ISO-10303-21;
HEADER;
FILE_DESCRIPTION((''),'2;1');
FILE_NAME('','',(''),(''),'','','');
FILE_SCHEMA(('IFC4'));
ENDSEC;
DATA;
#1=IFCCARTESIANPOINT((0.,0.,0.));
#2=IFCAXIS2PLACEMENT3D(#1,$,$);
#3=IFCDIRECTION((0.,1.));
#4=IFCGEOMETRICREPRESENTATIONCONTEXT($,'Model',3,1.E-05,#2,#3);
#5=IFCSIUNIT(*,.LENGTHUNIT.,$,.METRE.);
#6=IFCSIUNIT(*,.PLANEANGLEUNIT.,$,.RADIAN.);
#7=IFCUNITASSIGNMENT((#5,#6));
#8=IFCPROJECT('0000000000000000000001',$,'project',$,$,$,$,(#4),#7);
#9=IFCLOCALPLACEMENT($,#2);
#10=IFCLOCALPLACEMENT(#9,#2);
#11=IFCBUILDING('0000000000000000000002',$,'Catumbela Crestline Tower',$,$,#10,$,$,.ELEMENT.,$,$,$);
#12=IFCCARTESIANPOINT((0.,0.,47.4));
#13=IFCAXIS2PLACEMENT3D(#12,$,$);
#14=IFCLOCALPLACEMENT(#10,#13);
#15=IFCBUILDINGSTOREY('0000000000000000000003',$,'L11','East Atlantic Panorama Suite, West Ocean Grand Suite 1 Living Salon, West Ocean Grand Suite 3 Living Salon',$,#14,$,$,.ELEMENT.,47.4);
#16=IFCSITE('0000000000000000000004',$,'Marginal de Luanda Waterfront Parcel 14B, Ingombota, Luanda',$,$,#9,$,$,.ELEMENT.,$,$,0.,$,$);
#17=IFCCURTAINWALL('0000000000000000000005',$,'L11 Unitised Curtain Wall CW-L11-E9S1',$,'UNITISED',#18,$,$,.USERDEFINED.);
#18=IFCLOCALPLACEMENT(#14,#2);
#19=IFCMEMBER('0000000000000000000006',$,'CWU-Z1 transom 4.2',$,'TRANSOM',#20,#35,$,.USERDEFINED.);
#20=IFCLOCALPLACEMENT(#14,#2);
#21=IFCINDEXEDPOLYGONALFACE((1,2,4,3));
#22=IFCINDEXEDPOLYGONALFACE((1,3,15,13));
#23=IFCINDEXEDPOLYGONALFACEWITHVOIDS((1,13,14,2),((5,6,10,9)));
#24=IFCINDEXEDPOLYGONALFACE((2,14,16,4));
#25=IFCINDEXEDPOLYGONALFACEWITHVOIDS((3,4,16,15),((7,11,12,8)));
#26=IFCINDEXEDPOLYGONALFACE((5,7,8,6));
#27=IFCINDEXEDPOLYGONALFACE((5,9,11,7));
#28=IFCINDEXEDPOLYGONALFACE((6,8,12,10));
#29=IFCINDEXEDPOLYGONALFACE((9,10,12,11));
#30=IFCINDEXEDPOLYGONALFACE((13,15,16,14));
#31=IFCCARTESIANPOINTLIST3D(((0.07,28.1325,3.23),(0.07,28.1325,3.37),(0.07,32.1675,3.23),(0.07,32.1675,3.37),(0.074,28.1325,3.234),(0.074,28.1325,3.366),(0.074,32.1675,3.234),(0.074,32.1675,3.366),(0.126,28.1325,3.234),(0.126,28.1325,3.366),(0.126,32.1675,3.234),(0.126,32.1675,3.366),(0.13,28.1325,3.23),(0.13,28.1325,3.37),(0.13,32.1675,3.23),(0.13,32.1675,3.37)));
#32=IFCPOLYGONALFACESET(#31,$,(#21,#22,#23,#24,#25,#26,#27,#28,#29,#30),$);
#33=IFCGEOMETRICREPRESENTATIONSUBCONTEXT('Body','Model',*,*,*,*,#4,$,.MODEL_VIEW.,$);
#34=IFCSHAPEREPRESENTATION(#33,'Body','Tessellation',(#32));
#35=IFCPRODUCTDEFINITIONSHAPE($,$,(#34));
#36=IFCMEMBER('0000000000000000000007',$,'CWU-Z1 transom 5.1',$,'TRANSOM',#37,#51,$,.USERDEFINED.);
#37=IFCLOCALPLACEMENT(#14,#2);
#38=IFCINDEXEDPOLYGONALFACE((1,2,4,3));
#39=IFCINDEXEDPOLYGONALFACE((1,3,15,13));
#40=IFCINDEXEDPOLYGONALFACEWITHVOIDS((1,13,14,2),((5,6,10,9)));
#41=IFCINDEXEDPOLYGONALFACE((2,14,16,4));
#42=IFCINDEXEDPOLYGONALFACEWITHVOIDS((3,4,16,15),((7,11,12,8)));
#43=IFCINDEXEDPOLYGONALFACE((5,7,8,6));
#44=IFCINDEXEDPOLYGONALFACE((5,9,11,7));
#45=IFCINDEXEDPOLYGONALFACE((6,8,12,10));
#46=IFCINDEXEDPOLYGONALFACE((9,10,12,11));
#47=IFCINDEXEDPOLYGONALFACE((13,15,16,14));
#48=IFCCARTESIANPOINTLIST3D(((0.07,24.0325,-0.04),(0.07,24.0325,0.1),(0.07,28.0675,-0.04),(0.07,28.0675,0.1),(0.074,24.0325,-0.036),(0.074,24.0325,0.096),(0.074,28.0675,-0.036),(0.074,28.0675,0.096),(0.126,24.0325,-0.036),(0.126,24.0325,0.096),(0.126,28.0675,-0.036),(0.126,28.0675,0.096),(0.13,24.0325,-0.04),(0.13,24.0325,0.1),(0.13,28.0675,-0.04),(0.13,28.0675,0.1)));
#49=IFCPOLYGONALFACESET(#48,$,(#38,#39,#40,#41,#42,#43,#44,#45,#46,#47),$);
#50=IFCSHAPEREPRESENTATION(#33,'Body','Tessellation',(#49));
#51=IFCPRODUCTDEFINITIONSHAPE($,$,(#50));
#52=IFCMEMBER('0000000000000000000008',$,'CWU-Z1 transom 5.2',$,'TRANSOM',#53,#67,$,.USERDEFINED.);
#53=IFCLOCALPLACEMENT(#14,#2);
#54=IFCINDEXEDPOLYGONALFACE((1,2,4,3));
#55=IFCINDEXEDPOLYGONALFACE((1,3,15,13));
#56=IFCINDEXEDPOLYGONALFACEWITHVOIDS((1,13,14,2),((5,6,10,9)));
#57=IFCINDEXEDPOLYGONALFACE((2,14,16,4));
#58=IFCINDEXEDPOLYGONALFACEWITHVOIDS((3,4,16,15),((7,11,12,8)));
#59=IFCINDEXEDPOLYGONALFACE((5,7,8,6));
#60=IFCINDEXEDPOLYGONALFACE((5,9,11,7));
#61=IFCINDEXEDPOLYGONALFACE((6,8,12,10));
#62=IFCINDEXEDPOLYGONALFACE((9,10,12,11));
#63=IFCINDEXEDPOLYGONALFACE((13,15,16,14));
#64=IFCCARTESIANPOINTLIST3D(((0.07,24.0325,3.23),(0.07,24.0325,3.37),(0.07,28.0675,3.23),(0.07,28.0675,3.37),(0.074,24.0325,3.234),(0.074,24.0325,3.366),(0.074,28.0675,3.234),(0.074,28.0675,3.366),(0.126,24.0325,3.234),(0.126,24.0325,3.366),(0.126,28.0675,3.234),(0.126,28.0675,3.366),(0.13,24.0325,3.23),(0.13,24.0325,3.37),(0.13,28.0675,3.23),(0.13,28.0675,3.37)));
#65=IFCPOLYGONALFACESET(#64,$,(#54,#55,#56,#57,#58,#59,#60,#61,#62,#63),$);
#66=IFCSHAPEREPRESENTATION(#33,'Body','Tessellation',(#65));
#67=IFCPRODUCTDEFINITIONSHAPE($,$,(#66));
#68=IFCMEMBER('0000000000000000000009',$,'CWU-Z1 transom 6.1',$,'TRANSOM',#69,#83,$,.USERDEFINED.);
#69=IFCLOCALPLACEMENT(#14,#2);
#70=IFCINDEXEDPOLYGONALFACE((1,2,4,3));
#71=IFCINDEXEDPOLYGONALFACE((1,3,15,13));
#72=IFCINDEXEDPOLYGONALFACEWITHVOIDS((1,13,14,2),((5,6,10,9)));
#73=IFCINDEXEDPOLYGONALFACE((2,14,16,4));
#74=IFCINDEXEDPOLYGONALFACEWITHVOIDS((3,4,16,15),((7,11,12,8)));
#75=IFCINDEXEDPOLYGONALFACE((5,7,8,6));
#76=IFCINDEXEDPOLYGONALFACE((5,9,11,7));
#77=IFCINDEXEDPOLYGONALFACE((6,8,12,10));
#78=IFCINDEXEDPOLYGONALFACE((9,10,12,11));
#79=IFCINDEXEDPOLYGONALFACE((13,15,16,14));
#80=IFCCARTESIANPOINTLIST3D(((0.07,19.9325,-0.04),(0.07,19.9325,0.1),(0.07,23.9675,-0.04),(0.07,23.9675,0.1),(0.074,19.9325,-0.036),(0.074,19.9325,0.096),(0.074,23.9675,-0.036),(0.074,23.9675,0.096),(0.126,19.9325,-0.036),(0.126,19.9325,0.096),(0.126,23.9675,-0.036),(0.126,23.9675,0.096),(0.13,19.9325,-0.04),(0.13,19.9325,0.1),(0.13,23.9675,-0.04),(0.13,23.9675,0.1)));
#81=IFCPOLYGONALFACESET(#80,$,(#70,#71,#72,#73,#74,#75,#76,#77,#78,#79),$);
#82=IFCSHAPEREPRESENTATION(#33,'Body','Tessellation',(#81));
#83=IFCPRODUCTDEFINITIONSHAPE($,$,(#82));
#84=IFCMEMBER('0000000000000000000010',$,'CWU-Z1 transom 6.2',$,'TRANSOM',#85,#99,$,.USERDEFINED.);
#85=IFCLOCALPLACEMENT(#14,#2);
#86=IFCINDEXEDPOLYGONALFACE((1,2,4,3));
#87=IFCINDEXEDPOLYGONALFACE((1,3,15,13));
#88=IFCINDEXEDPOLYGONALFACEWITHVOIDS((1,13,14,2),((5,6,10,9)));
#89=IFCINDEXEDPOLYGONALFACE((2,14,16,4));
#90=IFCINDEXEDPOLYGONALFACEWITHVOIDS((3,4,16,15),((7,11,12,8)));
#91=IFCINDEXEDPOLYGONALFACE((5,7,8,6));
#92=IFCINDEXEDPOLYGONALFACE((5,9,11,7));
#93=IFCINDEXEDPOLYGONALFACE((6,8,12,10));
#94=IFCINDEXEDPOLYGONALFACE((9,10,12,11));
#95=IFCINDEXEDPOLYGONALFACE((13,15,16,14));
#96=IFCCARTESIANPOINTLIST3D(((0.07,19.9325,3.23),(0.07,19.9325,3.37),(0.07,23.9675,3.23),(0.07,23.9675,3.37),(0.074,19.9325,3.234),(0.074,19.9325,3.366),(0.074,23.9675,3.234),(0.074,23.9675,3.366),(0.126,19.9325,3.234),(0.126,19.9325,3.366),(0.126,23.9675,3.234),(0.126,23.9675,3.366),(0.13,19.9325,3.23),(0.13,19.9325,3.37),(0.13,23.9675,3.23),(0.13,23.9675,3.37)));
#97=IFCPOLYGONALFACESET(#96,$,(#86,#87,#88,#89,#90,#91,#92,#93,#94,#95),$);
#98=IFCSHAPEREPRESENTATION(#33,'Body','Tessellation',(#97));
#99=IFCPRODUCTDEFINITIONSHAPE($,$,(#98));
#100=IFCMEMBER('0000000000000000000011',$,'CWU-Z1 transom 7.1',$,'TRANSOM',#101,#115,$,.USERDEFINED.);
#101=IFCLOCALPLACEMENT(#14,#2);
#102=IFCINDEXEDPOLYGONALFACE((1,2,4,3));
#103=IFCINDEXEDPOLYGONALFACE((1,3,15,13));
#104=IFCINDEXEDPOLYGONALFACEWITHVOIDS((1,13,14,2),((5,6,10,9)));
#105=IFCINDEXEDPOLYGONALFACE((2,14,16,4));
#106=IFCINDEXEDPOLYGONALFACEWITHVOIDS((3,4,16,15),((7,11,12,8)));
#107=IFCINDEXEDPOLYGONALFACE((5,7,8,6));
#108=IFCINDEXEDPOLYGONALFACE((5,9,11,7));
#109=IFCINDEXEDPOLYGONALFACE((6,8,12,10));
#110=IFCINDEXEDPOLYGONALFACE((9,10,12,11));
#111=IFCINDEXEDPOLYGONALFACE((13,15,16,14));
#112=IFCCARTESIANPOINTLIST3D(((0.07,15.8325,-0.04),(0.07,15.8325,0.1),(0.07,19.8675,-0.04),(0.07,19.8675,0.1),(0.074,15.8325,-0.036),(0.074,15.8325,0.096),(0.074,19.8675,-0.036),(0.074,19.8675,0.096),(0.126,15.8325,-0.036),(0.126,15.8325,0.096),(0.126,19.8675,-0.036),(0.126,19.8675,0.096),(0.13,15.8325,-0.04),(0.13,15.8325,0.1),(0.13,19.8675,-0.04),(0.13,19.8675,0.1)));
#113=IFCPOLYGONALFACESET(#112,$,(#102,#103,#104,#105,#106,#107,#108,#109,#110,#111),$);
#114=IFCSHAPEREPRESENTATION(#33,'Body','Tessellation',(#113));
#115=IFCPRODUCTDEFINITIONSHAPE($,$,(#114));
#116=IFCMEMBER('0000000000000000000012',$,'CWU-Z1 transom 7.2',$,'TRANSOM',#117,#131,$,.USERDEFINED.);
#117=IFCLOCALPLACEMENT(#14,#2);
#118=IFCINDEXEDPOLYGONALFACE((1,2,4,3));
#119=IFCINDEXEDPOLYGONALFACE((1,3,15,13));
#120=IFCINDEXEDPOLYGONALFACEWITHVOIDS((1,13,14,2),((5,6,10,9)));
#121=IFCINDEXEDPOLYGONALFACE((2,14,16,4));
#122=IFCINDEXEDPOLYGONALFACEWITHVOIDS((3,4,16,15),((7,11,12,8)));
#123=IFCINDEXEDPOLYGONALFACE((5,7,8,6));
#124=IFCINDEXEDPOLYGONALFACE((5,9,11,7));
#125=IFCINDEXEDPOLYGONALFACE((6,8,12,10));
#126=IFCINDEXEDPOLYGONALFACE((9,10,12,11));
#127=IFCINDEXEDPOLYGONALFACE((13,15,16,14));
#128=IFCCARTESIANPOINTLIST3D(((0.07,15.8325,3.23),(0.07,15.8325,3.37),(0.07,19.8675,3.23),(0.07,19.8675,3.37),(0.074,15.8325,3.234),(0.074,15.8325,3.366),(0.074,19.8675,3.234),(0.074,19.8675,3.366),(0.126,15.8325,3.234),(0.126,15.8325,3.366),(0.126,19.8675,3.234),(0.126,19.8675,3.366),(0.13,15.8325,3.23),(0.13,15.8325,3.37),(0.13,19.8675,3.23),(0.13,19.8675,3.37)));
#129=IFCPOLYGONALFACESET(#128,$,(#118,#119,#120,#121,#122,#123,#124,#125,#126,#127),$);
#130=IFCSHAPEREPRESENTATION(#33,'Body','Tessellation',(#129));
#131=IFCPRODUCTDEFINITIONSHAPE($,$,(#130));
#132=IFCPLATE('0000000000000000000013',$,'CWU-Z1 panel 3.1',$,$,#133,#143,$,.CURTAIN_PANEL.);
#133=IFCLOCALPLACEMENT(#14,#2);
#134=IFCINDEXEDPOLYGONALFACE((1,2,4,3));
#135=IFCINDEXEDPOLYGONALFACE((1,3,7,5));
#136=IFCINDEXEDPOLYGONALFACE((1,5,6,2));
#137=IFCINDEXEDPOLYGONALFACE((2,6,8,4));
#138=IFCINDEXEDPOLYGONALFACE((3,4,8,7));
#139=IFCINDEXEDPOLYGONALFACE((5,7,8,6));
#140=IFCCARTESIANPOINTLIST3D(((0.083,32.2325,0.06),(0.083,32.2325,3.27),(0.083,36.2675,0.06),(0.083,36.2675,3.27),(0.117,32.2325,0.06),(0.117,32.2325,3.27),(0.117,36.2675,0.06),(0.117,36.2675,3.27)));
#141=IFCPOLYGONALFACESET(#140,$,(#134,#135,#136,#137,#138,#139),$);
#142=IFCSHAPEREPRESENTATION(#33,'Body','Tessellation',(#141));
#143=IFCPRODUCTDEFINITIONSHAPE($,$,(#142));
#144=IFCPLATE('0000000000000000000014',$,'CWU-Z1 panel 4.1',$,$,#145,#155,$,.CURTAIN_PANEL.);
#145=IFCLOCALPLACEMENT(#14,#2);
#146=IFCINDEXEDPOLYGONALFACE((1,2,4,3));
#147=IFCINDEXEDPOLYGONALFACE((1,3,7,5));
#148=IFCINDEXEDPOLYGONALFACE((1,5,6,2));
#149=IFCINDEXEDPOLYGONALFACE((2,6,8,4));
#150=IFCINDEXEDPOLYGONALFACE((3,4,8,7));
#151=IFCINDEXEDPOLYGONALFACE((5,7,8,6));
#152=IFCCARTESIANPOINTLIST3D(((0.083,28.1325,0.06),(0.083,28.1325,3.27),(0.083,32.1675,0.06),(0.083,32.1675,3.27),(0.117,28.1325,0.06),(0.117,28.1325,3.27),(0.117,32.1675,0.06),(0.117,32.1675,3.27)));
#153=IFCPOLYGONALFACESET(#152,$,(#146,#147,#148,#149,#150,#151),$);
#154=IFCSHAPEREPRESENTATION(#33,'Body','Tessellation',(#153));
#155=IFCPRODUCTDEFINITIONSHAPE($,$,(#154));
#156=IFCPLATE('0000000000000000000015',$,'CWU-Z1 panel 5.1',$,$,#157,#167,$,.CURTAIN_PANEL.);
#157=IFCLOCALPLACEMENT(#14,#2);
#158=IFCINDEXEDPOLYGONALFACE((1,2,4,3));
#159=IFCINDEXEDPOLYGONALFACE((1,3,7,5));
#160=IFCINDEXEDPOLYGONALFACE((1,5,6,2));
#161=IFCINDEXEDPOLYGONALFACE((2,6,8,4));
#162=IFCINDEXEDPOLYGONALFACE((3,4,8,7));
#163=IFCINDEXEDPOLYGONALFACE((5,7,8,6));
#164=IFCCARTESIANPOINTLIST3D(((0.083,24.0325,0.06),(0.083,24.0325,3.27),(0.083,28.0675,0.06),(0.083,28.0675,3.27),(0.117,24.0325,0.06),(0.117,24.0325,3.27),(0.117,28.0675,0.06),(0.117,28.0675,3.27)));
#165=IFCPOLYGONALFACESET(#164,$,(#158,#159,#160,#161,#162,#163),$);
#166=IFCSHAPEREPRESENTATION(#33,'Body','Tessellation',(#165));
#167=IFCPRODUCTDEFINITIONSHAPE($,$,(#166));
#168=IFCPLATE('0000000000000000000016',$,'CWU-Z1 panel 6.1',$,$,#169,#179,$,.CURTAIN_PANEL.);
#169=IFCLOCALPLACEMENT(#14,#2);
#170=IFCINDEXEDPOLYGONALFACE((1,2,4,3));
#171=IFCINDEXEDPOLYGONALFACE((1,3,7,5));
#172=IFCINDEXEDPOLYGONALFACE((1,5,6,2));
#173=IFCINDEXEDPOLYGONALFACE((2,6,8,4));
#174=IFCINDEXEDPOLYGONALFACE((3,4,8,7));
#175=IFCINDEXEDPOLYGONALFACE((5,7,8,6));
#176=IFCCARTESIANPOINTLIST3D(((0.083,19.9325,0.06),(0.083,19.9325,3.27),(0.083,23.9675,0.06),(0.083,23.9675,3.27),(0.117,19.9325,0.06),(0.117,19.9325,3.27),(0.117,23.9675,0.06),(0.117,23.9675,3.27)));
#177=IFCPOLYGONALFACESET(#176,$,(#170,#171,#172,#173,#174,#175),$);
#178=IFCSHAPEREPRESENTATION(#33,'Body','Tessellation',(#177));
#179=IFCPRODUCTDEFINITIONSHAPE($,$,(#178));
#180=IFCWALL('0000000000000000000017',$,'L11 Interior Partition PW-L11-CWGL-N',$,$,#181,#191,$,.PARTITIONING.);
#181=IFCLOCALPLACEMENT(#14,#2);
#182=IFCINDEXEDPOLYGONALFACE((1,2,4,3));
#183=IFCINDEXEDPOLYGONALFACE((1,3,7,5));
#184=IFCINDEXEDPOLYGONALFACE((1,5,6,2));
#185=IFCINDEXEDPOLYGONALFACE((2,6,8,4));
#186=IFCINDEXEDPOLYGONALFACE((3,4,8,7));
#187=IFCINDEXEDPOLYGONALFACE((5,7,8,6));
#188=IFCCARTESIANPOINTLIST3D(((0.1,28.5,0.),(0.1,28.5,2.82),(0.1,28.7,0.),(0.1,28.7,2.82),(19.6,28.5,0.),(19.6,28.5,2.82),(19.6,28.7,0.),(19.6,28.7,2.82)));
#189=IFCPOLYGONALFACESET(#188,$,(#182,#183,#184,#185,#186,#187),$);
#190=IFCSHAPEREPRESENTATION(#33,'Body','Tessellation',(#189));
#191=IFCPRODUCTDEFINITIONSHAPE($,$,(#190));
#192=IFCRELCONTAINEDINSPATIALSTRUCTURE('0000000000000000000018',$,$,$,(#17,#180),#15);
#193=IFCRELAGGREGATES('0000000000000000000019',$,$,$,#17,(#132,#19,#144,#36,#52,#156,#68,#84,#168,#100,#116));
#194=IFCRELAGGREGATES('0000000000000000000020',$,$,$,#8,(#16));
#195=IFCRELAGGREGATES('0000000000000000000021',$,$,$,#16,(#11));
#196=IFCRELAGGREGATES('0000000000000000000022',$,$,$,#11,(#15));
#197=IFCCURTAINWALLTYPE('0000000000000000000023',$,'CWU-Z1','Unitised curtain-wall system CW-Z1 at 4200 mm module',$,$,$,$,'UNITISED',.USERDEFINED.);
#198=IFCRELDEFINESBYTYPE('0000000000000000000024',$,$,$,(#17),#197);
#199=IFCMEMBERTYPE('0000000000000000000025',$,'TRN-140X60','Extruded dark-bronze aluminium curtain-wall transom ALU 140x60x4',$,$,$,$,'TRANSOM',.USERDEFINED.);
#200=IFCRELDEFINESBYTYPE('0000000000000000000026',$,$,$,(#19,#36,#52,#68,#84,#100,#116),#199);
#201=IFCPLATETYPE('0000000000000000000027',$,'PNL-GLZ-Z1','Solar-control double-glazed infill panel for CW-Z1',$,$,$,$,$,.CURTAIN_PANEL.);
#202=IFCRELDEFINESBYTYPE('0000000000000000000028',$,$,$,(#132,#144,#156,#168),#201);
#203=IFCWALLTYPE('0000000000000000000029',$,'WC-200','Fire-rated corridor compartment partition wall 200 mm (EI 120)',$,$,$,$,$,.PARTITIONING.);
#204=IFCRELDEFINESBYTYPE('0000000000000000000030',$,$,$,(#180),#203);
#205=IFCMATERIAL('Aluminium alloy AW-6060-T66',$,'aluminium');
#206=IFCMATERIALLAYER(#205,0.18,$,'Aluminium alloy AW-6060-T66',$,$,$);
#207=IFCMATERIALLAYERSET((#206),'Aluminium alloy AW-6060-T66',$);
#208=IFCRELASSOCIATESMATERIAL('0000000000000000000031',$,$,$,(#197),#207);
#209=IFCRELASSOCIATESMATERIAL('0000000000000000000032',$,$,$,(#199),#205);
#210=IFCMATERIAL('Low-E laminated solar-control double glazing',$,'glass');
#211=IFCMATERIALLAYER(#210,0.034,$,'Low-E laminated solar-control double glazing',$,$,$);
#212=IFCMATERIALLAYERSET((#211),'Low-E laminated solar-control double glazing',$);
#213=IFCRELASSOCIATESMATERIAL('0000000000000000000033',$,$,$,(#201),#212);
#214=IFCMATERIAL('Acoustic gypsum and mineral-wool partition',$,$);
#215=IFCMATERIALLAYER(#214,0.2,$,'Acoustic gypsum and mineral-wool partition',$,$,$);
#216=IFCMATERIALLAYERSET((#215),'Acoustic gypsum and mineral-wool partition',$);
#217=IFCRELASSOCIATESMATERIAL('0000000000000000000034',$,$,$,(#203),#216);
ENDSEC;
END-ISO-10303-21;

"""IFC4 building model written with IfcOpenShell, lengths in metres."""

from ifc_helpers import new_model, si_unit, direction, frame, frame_2d, origin, origin_2d, place, context, subcontext, project, spatial, rectangle, hollow_rectangle, extrude, material, layer, layer_set, material_profile, profile_set, type_object, element, aggregate, save


model = new_model("IFC4")

# Units and contexts
model_context = context("Model", 3, precision=1e-05, world=origin(), true_north=direction((0.0, 1.0)))
body_context = subcontext(model_context, "Body", "Model", "MODEL_VIEW")
ifc_project = project(units=[si_unit("LENGTHUNIT", "METRE"), si_unit("PLANEANGLEUNIT", "RADIAN")], contexts=[model_context])

# Site, building, storey
site_placement = place(None, origin())
site = spatial("IfcSite", under=ifc_project, at=site_placement, Name="Marginal de Luanda Waterfront Parcel 14B, Ingombota, Luanda", CompositionType="ELEMENT", RefElevation=0.0)
building_placement = place(site_placement, origin())
building = spatial("IfcBuilding", under=site, at=building_placement, Name="Catumbela Crestline Tower", CompositionType="ELEMENT")
storey_placement = place(building_placement, frame((0.0, 0.0, 47.4)))
storey = spatial("IfcBuildingStorey", under=building, at=storey_placement, Name="L11", Description="East Atlantic Panorama Suite, West Ocean Grand Suite 1 Living Salon, West Ocean Grand Suite 3 Living Salon", CompositionType="ELEMENT", Elevation=47.4)

# Curtain wall
ifc_material_1 = material(Name="Aluminium alloy AW-6060-T66", Category="aluminium")
ifc_layer_1 = layer(ifc_material_1, 0.18, Name="Aluminium alloy AW-6060-T66")
ifc_layer_set_1 = layer_set([ifc_layer_1], Name="Aluminium alloy AW-6060-T66")
curtain_wall_type = type_object("IfcCurtainWallType", Name="CWU-Z1", Description="Unitised curtain-wall system CW-Z1 at 4200 mm module", ElementType="UNITISED", PredefinedType="USERDEFINED", material=ifc_layer_set_1)
curtain_wall_placement = place(storey_placement, origin())
curtain_wall = element("IfcCurtainWall", 1, at=curtain_wall_placement, inside=storey, type_object=curtain_wall_type, Name="L11 Unitised Curtain Wall CW-L11-E9S1", ObjectType="UNITISED", PredefinedType="USERDEFINED")

# Members
ifc_material_profile_1 = material_profile(ifc_material_1, hollow_rectangle(XDim=0.06, YDim=0.14, WallThickness=0.004, at=origin_2d()), Name="ALU 140x60x4")
ifc_profile_set_1 = profile_set([ifc_material_profile_1], Name="Aluminium alloy AW-6060-T66")
member_type_1 = type_object("IfcMemberType", Name="TRN-140X60", Description="Extruded dark-bronze aluminium curtain-wall transom ALU 140x60x4", ElementType="TRANSOM", PredefinedType="USERDEFINED", material=ifc_profile_set_1)
member_1_placement = place(storey_placement, frame((0.1, 32.1675, 3.3), z_axis=(0.0, -1.0, 0.0), x_axis=(1.0, 0.0, 0.0)))
member_1 = element("IfcMember", 2, at=member_1_placement, type_object=member_type_1, Name="CWU-Z1 transom 4.2", ObjectType="TRANSOM", PredefinedType="USERDEFINED", context=body_context, shape_type="SweptSolid", body=[
    extrude(hollow_rectangle(XDim=0.06, YDim=0.14, WallThickness=0.004, at=origin_2d()), origin(), (0.0, 0.0, 1.0), 4.035),
])
member_2_placement = place(storey_placement, frame((0.1, 28.0675, 0.03), z_axis=(0.0, -1.0, 0.0), x_axis=(1.0, 0.0, 0.0)))
member_2 = element("IfcMember", 3, at=member_2_placement, type_object=member_type_1, Name="CWU-Z1 transom 5.1", ObjectType="TRANSOM", PredefinedType="USERDEFINED", context=body_context, shape_type="SweptSolid", body=[
    extrude(hollow_rectangle(XDim=0.06, YDim=0.14, WallThickness=0.004, at=origin_2d()), origin(), (0.0, 0.0, 1.0), 4.035),
])
member_3_placement = place(storey_placement, frame((0.1, 28.0675, 3.3), z_axis=(0.0, -1.0, 0.0), x_axis=(1.0, 0.0, 0.0)))
member_3 = element("IfcMember", 4, at=member_3_placement, type_object=member_type_1, Name="CWU-Z1 transom 5.2", ObjectType="TRANSOM", PredefinedType="USERDEFINED", context=body_context, shape_type="SweptSolid", body=[
    extrude(hollow_rectangle(XDim=0.06, YDim=0.14, WallThickness=0.004, at=origin_2d()), origin(), (0.0, 0.0, 1.0), 4.035),
])
member_4_placement = place(storey_placement, frame((0.1, 23.9675, 0.03), z_axis=(0.0, -1.0, 0.0), x_axis=(1.0, 0.0, 0.0)))
member_4 = element("IfcMember", 5, at=member_4_placement, type_object=member_type_1, Name="CWU-Z1 transom 6.1", ObjectType="TRANSOM", PredefinedType="USERDEFINED", context=body_context, shape_type="SweptSolid", body=[
    extrude(hollow_rectangle(XDim=0.06, YDim=0.14, WallThickness=0.004, at=origin_2d()), origin(), (0.0, 0.0, 1.0), 4.035),
])
member_5_placement = place(storey_placement, frame((0.1, 23.9675, 3.3), z_axis=(0.0, -1.0, 0.0), x_axis=(1.0, 0.0, 0.0)))
member_5 = element("IfcMember", 6, at=member_5_placement, type_object=member_type_1, Name="CWU-Z1 transom 6.2", ObjectType="TRANSOM", PredefinedType="USERDEFINED", context=body_context, shape_type="SweptSolid", body=[
    extrude(hollow_rectangle(XDim=0.06, YDim=0.14, WallThickness=0.004, at=origin_2d()), origin(), (0.0, 0.0, 1.0), 4.035),
])
member_6_placement = place(storey_placement, frame((0.1, 19.8675, 0.03), z_axis=(0.0, -1.0, 0.0), x_axis=(1.0, 0.0, 0.0)))
member_6 = element("IfcMember", 7, at=member_6_placement, type_object=member_type_1, Name="CWU-Z1 transom 7.1", ObjectType="TRANSOM", PredefinedType="USERDEFINED", context=body_context, shape_type="SweptSolid", body=[
    extrude(hollow_rectangle(XDim=0.06, YDim=0.14, WallThickness=0.004, at=origin_2d()), origin(), (0.0, 0.0, 1.0), 4.035),
])
member_7_placement = place(storey_placement, frame((0.1, 19.8675, 3.3), z_axis=(0.0, -1.0, 0.0), x_axis=(1.0, 0.0, 0.0)))
member_7 = element("IfcMember", 8, at=member_7_placement, type_object=member_type_1, Name="CWU-Z1 transom 7.2", ObjectType="TRANSOM", PredefinedType="USERDEFINED", context=body_context, shape_type="SweptSolid", body=[
    extrude(hollow_rectangle(XDim=0.06, YDim=0.14, WallThickness=0.004, at=origin_2d()), origin(), (0.0, 0.0, 1.0), 4.035),
])

# Plates
ifc_material_2 = material(Name="Low-E laminated solar-control double glazing", Category="glass")
ifc_layer_2 = layer(ifc_material_2, 0.034, Name="Low-E laminated solar-control double glazing")
ifc_layer_set_2 = layer_set([ifc_layer_2], Name="Low-E laminated solar-control double glazing")
plate_type = type_object("IfcPlateType", Name="PNL-GLZ-Z1", Description="Solar-control double-glazed infill panel for CW-Z1", PredefinedType="CURTAIN_PANEL", material=ifc_layer_set_2)
plate_1_placement = place(storey_placement, frame((0.1, 34.25, 0.06), z_axis=(0.0, 0.0, 1.0), x_axis=(0.0, -1.0, 0.0)))
plate_1 = element("IfcPlate", 9, at=plate_1_placement, type_object=plate_type, Name="CWU-Z1 panel 3.1", PredefinedType="CURTAIN_PANEL", context=body_context, shape_type="SweptSolid", body=[
    extrude(rectangle(XDim=4.035, YDim=0.034, at=origin_2d()), origin(), (0.0, 0.0, 1.0), 3.21),
])
plate_2_placement = place(storey_placement, frame((0.1, 30.15, 0.06), z_axis=(0.0, 0.0, 1.0), x_axis=(0.0, -1.0, 0.0)))
plate_2 = element("IfcPlate", 10, at=plate_2_placement, type_object=plate_type, Name="CWU-Z1 panel 4.1", PredefinedType="CURTAIN_PANEL", context=body_context, shape_type="SweptSolid", body=[
    extrude(rectangle(XDim=4.035, YDim=0.034, at=origin_2d()), origin(), (0.0, 0.0, 1.0), 3.21),
])
plate_3_placement = place(storey_placement, frame((0.1, 26.05, 0.06), z_axis=(0.0, 0.0, 1.0), x_axis=(0.0, -1.0, 0.0)))
plate_3 = element("IfcPlate", 11, at=plate_3_placement, type_object=plate_type, Name="CWU-Z1 panel 5.1", PredefinedType="CURTAIN_PANEL", context=body_context, shape_type="SweptSolid", body=[
    extrude(rectangle(XDim=4.035, YDim=0.034, at=origin_2d()), origin(), (0.0, 0.0, 1.0), 3.21),
])
plate_4_placement = place(storey_placement, frame((0.1, 21.95, 0.06), z_axis=(0.0, 0.0, 1.0), x_axis=(0.0, -1.0, 0.0)))
plate_4 = element("IfcPlate", 12, at=plate_4_placement, type_object=plate_type, Name="CWU-Z1 panel 6.1", PredefinedType="CURTAIN_PANEL", context=body_context, shape_type="SweptSolid", body=[
    extrude(rectangle(XDim=4.035, YDim=0.034, at=origin_2d()), origin(), (0.0, 0.0, 1.0), 3.21),
])
aggregate(curtain_wall, [plate_1, member_1, plate_2, member_2, member_3, plate_3, member_4, member_5, plate_4, member_6, member_7])

# Wall
ifc_material_3 = material(Name="Acoustic gypsum and mineral-wool partition")
ifc_layer_3 = layer(ifc_material_3, 0.2, Name="Acoustic gypsum and mineral-wool partition")
ifc_layer_set_3 = layer_set([ifc_layer_3], Name="Acoustic gypsum and mineral-wool partition")
wall_type_1 = type_object("IfcWallType", Name="WC-200", Description="Fire-rated corridor compartment partition wall 200 mm (EI 120)", PredefinedType="PARTITIONING", material=ifc_layer_set_3)
wall_1_placement = place(storey_placement, frame((0.1, 28.6, 0.0), z_axis=(0.0, 0.0, 1.0), x_axis=(1.0, 0.0, 0.0)))
element("IfcWall", 13, at=wall_1_placement, inside=storey, type_object=wall_type_1, Name="L11 Interior Partition PW-L11-CWGL-N", PredefinedType="PARTITIONING", context=body_context, shape_type="SweptSolid", body=[
    extrude(rectangle(XDim=19.5, YDim=0.2, at=frame_2d((9.75, 0.0))), origin(), (0.0, 0.0, 1.0), 2.82),
])

save(model, "model.ifc")
